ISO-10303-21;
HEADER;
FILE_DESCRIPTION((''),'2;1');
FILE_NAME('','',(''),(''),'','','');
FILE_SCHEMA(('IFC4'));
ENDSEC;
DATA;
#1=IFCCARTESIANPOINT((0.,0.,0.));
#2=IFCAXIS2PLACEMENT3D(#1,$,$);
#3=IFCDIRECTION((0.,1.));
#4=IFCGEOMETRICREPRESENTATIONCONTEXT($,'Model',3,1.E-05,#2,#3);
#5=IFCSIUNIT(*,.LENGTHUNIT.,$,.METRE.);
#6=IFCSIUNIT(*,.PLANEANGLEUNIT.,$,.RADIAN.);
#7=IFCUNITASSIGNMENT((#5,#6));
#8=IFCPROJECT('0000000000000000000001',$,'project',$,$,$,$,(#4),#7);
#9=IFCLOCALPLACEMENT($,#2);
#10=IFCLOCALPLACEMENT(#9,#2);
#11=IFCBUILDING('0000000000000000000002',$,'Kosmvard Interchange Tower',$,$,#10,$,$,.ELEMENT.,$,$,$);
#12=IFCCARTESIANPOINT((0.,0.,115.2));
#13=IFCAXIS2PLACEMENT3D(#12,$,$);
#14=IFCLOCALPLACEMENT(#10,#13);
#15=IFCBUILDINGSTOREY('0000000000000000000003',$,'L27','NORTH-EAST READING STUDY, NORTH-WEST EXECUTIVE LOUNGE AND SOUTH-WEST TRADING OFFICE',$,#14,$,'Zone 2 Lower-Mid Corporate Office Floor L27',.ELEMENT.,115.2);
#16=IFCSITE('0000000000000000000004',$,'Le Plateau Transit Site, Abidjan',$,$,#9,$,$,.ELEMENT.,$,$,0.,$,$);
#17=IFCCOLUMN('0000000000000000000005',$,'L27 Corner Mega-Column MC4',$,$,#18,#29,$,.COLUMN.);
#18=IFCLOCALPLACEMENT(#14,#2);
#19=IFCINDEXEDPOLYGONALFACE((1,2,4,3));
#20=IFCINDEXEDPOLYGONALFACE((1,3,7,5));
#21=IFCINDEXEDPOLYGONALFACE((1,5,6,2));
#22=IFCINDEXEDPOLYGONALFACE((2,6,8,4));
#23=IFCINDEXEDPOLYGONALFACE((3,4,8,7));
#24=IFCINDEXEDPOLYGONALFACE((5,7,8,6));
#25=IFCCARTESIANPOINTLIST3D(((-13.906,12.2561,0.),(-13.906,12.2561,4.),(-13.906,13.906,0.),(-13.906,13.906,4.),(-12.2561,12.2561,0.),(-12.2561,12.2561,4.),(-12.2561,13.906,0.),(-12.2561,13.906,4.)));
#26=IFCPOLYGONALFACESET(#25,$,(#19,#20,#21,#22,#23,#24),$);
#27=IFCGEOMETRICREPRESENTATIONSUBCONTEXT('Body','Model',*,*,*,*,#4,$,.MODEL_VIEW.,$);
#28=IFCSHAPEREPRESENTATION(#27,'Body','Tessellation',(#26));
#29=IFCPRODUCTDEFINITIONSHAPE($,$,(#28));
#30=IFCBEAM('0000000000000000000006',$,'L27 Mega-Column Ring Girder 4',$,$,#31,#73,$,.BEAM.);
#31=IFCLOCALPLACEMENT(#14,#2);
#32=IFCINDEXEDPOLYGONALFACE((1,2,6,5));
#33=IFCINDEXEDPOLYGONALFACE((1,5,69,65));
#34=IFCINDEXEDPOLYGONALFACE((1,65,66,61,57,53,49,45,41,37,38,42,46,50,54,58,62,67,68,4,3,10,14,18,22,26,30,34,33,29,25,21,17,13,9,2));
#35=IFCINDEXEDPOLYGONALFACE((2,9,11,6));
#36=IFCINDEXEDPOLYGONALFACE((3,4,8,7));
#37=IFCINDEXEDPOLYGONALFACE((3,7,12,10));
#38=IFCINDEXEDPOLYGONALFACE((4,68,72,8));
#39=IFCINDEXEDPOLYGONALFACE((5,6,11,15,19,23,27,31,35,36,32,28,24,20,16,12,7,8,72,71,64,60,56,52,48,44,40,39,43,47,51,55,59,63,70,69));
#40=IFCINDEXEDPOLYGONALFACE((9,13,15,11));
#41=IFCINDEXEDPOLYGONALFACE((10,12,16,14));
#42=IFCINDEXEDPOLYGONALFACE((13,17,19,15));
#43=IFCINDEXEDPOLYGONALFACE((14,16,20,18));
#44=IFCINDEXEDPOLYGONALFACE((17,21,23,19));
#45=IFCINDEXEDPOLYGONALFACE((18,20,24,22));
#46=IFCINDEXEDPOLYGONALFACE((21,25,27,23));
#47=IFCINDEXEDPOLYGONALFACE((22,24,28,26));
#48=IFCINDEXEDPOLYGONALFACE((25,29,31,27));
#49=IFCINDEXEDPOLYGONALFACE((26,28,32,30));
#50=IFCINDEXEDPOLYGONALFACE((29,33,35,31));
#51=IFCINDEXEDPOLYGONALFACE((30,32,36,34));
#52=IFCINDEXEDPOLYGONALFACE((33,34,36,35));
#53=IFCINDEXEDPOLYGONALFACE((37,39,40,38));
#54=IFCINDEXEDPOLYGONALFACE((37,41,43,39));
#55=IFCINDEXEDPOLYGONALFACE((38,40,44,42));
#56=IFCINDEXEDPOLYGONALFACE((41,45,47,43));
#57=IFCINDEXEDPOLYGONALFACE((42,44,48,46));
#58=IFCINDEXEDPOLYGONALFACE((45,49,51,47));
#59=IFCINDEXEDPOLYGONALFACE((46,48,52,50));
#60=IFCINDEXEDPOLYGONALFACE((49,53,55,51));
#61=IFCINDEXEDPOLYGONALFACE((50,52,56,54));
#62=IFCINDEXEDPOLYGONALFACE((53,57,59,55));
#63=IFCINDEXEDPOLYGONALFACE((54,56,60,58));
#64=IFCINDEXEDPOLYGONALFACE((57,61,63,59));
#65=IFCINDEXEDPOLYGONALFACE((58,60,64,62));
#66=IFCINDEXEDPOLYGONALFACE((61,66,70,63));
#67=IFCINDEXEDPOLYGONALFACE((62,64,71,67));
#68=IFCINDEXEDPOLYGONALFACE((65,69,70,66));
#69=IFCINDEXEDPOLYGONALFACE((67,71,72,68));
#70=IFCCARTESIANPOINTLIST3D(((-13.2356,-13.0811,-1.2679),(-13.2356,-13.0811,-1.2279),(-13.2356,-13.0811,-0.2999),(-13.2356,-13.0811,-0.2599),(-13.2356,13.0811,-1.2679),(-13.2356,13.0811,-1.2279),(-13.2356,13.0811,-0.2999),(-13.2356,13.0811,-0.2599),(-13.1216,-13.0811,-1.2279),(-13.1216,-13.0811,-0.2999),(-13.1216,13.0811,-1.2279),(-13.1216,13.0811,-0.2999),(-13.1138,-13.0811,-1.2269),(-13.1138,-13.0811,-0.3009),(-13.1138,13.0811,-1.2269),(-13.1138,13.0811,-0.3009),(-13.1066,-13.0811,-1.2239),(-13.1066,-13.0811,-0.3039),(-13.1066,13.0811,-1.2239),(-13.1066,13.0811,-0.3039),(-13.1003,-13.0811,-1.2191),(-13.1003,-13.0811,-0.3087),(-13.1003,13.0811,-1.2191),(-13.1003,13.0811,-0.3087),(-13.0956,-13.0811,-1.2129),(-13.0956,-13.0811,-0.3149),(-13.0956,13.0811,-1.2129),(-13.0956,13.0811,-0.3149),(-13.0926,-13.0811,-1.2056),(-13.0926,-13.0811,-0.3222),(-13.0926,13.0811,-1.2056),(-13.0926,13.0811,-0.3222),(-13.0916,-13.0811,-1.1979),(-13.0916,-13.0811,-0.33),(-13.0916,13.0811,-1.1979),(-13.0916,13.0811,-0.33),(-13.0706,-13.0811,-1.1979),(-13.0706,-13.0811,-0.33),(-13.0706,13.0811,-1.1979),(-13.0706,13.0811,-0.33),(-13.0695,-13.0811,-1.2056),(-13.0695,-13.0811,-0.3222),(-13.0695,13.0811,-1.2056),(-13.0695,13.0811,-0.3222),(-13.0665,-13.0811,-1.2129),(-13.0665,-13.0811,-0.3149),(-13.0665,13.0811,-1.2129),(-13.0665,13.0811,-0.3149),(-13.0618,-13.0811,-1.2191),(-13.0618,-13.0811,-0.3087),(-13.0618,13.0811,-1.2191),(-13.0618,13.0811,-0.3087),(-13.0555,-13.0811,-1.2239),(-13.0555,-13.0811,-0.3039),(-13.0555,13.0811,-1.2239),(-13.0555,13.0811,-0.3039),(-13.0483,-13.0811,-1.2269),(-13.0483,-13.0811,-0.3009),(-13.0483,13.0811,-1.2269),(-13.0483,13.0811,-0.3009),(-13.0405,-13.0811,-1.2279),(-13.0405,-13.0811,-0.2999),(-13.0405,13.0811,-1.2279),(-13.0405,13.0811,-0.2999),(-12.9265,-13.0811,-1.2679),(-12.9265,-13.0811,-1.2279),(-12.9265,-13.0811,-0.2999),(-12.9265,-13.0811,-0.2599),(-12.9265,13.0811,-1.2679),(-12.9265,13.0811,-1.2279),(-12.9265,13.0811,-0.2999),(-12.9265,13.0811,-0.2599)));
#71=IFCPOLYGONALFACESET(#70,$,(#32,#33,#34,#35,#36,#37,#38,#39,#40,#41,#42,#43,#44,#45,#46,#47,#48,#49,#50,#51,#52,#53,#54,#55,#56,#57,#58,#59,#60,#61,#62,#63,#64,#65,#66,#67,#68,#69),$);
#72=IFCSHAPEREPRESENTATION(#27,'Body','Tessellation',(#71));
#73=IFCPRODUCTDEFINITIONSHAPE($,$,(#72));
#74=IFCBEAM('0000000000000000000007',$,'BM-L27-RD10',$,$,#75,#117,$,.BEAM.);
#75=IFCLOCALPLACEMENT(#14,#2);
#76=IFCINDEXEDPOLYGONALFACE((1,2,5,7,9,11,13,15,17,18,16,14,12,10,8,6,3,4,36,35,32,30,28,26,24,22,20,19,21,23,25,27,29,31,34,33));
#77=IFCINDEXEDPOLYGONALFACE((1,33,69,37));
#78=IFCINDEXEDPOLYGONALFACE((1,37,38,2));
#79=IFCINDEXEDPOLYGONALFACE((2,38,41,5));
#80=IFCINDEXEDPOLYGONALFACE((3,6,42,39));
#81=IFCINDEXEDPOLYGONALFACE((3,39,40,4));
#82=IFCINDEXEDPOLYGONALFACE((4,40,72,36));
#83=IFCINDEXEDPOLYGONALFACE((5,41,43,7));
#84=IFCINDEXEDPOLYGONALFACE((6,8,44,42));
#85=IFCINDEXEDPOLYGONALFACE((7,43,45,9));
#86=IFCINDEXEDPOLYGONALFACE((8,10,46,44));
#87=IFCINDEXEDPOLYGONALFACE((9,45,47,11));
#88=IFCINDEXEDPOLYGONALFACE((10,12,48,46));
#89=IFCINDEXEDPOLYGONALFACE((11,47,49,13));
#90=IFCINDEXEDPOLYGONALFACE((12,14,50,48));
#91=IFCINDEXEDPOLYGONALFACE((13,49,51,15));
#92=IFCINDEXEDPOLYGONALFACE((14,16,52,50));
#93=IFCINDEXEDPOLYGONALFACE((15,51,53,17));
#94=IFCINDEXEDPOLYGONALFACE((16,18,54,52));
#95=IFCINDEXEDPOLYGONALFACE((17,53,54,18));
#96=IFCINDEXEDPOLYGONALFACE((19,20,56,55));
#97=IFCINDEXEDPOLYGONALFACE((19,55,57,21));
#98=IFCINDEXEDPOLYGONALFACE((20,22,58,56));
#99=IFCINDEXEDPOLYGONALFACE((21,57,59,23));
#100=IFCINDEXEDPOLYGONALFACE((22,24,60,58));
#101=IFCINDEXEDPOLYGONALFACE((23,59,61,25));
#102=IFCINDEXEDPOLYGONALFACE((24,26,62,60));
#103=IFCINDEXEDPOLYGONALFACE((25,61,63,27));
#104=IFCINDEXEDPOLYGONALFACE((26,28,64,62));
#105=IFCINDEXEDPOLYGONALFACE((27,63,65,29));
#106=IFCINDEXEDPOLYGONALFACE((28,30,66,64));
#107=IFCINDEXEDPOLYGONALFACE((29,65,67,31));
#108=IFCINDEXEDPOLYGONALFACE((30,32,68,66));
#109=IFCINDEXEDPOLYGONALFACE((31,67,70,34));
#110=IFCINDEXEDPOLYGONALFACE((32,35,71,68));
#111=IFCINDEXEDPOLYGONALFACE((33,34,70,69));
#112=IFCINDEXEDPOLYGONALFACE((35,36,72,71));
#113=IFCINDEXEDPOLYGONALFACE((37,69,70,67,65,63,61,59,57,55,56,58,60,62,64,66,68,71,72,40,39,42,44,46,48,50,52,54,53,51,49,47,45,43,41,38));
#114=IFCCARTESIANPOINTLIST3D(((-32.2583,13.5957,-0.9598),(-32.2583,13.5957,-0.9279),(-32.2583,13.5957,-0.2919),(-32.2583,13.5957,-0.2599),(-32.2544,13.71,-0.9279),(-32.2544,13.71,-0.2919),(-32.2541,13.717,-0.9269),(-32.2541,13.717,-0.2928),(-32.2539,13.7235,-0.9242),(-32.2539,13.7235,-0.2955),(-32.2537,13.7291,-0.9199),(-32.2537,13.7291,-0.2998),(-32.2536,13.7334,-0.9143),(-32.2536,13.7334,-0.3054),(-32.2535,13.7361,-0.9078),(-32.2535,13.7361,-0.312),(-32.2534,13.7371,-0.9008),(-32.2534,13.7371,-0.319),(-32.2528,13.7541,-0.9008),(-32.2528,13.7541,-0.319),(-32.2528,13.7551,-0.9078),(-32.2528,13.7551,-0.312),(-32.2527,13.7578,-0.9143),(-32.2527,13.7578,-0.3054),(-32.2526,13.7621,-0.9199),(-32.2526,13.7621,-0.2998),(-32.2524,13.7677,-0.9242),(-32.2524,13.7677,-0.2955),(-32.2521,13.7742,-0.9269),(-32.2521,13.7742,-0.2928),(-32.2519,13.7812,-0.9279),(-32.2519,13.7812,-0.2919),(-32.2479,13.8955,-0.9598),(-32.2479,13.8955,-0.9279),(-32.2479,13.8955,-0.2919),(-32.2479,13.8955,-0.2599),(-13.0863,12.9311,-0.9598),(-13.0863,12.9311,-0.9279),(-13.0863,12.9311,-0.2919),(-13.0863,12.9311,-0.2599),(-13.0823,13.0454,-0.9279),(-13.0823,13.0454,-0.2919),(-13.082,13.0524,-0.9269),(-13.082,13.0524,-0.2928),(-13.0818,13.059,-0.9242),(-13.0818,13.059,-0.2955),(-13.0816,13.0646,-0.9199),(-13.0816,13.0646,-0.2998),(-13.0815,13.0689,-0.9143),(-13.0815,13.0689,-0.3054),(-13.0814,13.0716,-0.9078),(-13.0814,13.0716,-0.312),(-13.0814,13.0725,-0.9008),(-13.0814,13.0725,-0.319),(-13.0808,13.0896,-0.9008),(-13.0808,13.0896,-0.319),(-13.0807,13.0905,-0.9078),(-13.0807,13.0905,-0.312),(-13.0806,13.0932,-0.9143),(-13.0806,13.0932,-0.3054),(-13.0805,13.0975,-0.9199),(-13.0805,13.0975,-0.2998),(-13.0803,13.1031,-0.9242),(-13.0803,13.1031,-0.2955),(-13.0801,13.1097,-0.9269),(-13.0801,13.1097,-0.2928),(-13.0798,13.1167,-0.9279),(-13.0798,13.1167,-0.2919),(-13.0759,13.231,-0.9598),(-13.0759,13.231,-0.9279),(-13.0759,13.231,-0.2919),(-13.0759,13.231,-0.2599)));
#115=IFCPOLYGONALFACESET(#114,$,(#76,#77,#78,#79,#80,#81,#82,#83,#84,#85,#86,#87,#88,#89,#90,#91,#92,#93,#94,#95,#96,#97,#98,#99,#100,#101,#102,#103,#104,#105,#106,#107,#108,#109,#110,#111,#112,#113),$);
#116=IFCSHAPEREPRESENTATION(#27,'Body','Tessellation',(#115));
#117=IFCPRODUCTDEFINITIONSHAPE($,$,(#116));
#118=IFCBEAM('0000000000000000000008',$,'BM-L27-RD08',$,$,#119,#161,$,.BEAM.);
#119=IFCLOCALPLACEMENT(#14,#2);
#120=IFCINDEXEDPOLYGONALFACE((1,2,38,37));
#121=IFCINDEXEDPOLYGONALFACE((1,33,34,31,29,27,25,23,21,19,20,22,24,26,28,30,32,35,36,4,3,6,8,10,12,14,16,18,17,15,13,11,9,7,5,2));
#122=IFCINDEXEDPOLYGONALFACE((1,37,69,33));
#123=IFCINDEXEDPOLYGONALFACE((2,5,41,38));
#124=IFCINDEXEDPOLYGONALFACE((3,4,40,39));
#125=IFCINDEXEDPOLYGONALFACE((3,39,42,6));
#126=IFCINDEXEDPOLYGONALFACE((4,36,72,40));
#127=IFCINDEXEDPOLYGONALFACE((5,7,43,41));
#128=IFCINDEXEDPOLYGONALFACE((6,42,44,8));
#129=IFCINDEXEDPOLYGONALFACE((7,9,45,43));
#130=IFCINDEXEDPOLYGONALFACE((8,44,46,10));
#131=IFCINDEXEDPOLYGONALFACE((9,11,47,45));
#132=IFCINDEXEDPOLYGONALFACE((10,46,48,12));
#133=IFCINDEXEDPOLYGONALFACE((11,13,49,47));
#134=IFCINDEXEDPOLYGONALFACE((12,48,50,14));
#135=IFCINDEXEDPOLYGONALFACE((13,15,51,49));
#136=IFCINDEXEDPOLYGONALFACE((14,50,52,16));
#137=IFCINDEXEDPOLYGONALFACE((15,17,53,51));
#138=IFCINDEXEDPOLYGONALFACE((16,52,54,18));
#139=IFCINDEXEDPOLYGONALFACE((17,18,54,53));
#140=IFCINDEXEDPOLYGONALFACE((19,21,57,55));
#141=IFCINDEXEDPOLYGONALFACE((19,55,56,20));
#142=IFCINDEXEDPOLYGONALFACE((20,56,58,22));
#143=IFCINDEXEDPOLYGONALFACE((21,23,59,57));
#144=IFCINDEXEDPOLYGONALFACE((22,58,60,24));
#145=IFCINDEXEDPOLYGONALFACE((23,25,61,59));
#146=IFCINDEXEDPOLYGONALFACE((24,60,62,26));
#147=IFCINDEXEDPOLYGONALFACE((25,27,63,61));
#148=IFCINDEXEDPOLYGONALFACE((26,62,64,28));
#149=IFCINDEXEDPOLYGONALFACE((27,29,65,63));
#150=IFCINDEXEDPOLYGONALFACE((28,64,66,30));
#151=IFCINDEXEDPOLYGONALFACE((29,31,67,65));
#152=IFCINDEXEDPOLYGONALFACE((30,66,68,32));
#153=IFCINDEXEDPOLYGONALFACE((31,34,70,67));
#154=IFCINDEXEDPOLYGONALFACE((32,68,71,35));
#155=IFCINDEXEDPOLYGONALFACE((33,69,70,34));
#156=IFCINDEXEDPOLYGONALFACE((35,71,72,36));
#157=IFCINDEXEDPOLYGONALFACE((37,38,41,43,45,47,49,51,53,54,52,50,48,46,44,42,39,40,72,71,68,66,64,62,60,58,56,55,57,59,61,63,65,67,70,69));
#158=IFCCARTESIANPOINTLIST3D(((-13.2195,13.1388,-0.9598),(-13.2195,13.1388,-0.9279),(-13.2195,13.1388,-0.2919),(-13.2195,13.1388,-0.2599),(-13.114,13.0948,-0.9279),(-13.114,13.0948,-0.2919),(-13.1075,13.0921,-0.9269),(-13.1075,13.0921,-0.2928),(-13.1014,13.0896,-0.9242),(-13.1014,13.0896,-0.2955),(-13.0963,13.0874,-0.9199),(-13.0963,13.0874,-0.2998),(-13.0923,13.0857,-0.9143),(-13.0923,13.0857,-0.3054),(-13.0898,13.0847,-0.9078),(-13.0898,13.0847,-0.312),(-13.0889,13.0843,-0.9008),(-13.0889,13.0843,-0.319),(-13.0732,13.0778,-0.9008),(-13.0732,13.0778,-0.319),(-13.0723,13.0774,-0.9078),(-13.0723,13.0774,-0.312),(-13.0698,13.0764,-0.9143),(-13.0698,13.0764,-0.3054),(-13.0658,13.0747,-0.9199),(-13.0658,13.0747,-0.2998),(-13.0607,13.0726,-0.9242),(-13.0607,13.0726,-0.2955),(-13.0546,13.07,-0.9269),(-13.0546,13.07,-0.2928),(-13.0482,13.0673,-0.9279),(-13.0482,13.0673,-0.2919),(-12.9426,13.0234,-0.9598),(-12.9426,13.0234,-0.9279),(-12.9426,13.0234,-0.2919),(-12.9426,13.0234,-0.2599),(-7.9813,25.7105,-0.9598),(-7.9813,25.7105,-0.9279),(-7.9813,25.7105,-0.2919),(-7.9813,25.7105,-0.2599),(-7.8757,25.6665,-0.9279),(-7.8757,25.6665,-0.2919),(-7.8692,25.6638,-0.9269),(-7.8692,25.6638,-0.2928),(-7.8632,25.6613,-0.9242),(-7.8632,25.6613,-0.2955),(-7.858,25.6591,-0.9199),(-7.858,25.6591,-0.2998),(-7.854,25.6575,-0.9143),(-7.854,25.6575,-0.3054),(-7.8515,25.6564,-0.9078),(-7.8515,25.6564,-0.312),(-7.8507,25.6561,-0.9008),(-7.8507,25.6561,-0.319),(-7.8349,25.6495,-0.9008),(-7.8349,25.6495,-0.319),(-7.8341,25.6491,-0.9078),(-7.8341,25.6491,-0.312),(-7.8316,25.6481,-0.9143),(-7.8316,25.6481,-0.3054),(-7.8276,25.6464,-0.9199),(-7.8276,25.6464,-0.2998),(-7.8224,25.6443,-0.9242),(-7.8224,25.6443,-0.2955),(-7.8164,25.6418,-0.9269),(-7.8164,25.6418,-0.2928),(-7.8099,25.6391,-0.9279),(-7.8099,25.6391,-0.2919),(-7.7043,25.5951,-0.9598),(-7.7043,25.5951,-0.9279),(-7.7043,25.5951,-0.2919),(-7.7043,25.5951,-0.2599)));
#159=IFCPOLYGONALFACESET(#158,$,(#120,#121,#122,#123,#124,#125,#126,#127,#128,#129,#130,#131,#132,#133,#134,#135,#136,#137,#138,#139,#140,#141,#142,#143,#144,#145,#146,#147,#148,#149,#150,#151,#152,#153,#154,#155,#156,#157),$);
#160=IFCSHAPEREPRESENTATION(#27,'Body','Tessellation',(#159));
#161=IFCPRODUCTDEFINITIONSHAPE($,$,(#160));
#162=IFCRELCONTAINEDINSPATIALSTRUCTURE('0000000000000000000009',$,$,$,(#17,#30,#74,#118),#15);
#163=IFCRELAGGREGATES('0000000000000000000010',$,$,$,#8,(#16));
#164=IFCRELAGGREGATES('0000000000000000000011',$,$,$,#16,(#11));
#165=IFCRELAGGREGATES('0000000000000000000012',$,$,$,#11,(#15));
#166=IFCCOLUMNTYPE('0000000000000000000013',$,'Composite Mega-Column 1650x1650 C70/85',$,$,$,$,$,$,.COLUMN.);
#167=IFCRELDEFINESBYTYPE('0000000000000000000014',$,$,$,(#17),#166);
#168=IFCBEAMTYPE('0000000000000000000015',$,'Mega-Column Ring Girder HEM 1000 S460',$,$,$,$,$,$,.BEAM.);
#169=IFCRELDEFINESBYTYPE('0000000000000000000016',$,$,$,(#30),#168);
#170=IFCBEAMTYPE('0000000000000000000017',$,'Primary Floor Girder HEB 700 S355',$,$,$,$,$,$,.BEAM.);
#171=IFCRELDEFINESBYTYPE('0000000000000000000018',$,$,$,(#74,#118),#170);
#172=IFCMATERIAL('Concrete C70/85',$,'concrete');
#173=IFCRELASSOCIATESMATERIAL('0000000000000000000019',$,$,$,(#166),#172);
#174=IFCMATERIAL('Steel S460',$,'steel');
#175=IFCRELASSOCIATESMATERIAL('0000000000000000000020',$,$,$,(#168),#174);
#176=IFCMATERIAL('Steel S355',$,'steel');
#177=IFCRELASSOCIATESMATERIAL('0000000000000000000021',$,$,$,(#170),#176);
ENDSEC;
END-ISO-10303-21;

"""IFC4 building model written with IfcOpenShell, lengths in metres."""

from ifc_helpers import new_model, si_unit, direction, frame, origin, origin_2d, place, context, subcontext, project, spatial, rectangle, i_section, extrude, source, transform, mapped, material, material_profile, profile_set, type_object, element, save


model = new_model("IFC4")

# Units and contexts
model_context = context("Model", 3, precision=1e-05, world=origin(), true_north=direction((0.0, 1.0)))
body_context = subcontext(model_context, "Body", "Model", "MODEL_VIEW")
ifc_project = project(units=[si_unit("LENGTHUNIT", "METRE"), si_unit("PLANEANGLEUNIT", "RADIAN")], contexts=[model_context])

# Site, building, storey
site_placement = place(None, origin())
site = spatial("IfcSite", under=ifc_project, at=site_placement, Name="Le Plateau Transit Site, Abidjan", CompositionType="ELEMENT", RefElevation=0.0)
building_placement = place(site_placement, origin())
building = spatial("IfcBuilding", under=site, at=building_placement, Name="Kosmvard Interchange Tower", CompositionType="ELEMENT")
storey_placement = place(building_placement, frame((0.0, 0.0, 115.2)))
storey = spatial("IfcBuildingStorey", under=building, at=storey_placement, Name="L27", Description="NORTH-EAST READING STUDY, NORTH-WEST EXECUTIVE LOUNGE AND SOUTH-WEST TRADING OFFICE", LongName="Zone 2 Lower-Mid Corporate Office Floor L27", CompositionType="ELEMENT", Elevation=115.2)

# Column
ifc_material_1 = material(Name="Concrete C70/85", Category="concrete")
ifc_material_profile_1 = material_profile(ifc_material_1, rectangle(XDim=1.6499, YDim=1.6499, at=origin_2d()), Name="MC 1650x1650")
ifc_profile_set_1 = profile_set([ifc_material_profile_1], Name="Concrete C70/85")
column_type = type_object("IfcColumnType", Name="Composite Mega-Column 1650x1650 C70/85", PredefinedType="COLUMN", material=ifc_profile_set_1)
shared_shape_1 = source(origin(), body_context, "Body", "SweptSolid", [
    extrude(rectangle(XDim=1.6499, YDim=1.6499, at=origin_2d()), origin(), (0.0, 0.0, 1.0), 4.0),
])
column_placement = place(storey_placement, frame((-13.0811, 13.0811, 0.0), z_axis=(0.0, 0.0, 1.0), x_axis=(1.0, 0.0, 0.0)))
element("IfcColumn", 1, at=column_placement, inside=storey, type_object=column_type, Name="L27 Corner Mega-Column MC4", PredefinedType="COLUMN", context=body_context, shape_type="MappedRepresentation", body=[
    mapped(shared_shape_1, transform((0.0, 0.0, 0.0), scale=1.0)),
])

# Beams
ifc_material_2 = material(Name="Steel S460", Category="steel")
ifc_material_profile_2 = material_profile(ifc_material_2, i_section(OverallWidth=0.3091, OverallDepth=1.0081, WebThickness=0.021, FlangeThickness=0.04, FilletRadius=0.03, at=origin_2d()), Name="HEM 1000")
ifc_profile_set_2 = profile_set([ifc_material_profile_2], Name="Steel S460")
beam_type_1 = type_object("IfcBeamType", Name="Mega-Column Ring Girder HEM 1000 S460", PredefinedType="BEAM", material=ifc_profile_set_2)
shared_shape_2 = source(origin(), body_context, "Body", "SweptSolid", [
    extrude(i_section(OverallWidth=0.3091, OverallDepth=1.0081, WebThickness=0.021, FlangeThickness=0.04, FilletRadius=0.03, at=origin_2d()), origin(), (0.0, 0.0, 1.0), 26.1621),
])
beam_1_placement = place(storey_placement, frame((-13.0811, 13.0811, -0.7639), z_axis=(0.0, -1.0, 0.0), x_axis=(1.0, 0.0, 0.0)))
element("IfcBeam", 2, at=beam_1_placement, inside=storey, type_object=beam_type_1, Name="L27 Mega-Column Ring Girder 4", PredefinedType="BEAM", context=body_context, shape_type="MappedRepresentation", body=[
    mapped(shared_shape_2, transform((0.0, 0.0, 0.0), scale=1.0)),
])
ifc_material_3 = material(Name="Steel S355", Category="steel")
ifc_material_profile_3 = material_profile(ifc_material_3, i_section(OverallWidth=0.3, OverallDepth=0.7, WebThickness=0.0171, FlangeThickness=0.032, FilletRadius=0.0271, at=origin_2d()), Name="HEB 700")
ifc_profile_set_3 = profile_set([ifc_material_profile_3], Name="Steel S355")
beam_type_2 = type_object("IfcBeamType", Name="Primary Floor Girder HEB 700 S355", PredefinedType="BEAM", material=ifc_profile_set_3)
shared_shape_3 = source(origin(), body_context, "Body", "SweptSolid", [
    extrude(i_section(OverallWidth=0.3, OverallDepth=0.7, WebThickness=0.0171, FlangeThickness=0.032, FilletRadius=0.0271, at=origin_2d()), origin(), (0.0, 0.0, 1.0), 19.1836),
])
beam_2_placement = place(storey_placement, frame((-13.0811, 13.0811, -0.6099), z_axis=(-0.9994, 0.034642, 0.0), x_axis=(-0.034642, -0.9994, 0.0)))
element("IfcBeam", 3, at=beam_2_placement, inside=storey, type_object=beam_type_2, Name="BM-L27-RD10", PredefinedType="BEAM", context=body_context, shape_type="MappedRepresentation", body=[
    mapped(shared_shape_3, transform((0.0, 0.0, 0.0), scale=1.0)),
])
shared_shape_4 = source(origin(), body_context, "Body", "SweptSolid", [
    extrude(i_section(OverallWidth=0.3, OverallDepth=0.7, WebThickness=0.0171, FlangeThickness=0.032, FilletRadius=0.0271, at=origin_2d()), origin(), (0.0, 0.0, 1.0), 13.6194),
])
beam_3_placement = place(storey_placement, frame((-13.0811, 13.0811, -0.6099), z_axis=(0.384618, 0.923076, 0.0), x_axis=(-0.923076, 0.384618, 0.0)))
element("IfcBeam", 4, at=beam_3_placement, inside=storey, type_object=beam_type_2, Name="BM-L27-RD08", PredefinedType="BEAM", context=body_context, shape_type="MappedRepresentation", body=[
    mapped(shared_shape_4, transform((0.0, 0.0, 0.0), scale=1.0)),
])

save(model, "model.ifc")
